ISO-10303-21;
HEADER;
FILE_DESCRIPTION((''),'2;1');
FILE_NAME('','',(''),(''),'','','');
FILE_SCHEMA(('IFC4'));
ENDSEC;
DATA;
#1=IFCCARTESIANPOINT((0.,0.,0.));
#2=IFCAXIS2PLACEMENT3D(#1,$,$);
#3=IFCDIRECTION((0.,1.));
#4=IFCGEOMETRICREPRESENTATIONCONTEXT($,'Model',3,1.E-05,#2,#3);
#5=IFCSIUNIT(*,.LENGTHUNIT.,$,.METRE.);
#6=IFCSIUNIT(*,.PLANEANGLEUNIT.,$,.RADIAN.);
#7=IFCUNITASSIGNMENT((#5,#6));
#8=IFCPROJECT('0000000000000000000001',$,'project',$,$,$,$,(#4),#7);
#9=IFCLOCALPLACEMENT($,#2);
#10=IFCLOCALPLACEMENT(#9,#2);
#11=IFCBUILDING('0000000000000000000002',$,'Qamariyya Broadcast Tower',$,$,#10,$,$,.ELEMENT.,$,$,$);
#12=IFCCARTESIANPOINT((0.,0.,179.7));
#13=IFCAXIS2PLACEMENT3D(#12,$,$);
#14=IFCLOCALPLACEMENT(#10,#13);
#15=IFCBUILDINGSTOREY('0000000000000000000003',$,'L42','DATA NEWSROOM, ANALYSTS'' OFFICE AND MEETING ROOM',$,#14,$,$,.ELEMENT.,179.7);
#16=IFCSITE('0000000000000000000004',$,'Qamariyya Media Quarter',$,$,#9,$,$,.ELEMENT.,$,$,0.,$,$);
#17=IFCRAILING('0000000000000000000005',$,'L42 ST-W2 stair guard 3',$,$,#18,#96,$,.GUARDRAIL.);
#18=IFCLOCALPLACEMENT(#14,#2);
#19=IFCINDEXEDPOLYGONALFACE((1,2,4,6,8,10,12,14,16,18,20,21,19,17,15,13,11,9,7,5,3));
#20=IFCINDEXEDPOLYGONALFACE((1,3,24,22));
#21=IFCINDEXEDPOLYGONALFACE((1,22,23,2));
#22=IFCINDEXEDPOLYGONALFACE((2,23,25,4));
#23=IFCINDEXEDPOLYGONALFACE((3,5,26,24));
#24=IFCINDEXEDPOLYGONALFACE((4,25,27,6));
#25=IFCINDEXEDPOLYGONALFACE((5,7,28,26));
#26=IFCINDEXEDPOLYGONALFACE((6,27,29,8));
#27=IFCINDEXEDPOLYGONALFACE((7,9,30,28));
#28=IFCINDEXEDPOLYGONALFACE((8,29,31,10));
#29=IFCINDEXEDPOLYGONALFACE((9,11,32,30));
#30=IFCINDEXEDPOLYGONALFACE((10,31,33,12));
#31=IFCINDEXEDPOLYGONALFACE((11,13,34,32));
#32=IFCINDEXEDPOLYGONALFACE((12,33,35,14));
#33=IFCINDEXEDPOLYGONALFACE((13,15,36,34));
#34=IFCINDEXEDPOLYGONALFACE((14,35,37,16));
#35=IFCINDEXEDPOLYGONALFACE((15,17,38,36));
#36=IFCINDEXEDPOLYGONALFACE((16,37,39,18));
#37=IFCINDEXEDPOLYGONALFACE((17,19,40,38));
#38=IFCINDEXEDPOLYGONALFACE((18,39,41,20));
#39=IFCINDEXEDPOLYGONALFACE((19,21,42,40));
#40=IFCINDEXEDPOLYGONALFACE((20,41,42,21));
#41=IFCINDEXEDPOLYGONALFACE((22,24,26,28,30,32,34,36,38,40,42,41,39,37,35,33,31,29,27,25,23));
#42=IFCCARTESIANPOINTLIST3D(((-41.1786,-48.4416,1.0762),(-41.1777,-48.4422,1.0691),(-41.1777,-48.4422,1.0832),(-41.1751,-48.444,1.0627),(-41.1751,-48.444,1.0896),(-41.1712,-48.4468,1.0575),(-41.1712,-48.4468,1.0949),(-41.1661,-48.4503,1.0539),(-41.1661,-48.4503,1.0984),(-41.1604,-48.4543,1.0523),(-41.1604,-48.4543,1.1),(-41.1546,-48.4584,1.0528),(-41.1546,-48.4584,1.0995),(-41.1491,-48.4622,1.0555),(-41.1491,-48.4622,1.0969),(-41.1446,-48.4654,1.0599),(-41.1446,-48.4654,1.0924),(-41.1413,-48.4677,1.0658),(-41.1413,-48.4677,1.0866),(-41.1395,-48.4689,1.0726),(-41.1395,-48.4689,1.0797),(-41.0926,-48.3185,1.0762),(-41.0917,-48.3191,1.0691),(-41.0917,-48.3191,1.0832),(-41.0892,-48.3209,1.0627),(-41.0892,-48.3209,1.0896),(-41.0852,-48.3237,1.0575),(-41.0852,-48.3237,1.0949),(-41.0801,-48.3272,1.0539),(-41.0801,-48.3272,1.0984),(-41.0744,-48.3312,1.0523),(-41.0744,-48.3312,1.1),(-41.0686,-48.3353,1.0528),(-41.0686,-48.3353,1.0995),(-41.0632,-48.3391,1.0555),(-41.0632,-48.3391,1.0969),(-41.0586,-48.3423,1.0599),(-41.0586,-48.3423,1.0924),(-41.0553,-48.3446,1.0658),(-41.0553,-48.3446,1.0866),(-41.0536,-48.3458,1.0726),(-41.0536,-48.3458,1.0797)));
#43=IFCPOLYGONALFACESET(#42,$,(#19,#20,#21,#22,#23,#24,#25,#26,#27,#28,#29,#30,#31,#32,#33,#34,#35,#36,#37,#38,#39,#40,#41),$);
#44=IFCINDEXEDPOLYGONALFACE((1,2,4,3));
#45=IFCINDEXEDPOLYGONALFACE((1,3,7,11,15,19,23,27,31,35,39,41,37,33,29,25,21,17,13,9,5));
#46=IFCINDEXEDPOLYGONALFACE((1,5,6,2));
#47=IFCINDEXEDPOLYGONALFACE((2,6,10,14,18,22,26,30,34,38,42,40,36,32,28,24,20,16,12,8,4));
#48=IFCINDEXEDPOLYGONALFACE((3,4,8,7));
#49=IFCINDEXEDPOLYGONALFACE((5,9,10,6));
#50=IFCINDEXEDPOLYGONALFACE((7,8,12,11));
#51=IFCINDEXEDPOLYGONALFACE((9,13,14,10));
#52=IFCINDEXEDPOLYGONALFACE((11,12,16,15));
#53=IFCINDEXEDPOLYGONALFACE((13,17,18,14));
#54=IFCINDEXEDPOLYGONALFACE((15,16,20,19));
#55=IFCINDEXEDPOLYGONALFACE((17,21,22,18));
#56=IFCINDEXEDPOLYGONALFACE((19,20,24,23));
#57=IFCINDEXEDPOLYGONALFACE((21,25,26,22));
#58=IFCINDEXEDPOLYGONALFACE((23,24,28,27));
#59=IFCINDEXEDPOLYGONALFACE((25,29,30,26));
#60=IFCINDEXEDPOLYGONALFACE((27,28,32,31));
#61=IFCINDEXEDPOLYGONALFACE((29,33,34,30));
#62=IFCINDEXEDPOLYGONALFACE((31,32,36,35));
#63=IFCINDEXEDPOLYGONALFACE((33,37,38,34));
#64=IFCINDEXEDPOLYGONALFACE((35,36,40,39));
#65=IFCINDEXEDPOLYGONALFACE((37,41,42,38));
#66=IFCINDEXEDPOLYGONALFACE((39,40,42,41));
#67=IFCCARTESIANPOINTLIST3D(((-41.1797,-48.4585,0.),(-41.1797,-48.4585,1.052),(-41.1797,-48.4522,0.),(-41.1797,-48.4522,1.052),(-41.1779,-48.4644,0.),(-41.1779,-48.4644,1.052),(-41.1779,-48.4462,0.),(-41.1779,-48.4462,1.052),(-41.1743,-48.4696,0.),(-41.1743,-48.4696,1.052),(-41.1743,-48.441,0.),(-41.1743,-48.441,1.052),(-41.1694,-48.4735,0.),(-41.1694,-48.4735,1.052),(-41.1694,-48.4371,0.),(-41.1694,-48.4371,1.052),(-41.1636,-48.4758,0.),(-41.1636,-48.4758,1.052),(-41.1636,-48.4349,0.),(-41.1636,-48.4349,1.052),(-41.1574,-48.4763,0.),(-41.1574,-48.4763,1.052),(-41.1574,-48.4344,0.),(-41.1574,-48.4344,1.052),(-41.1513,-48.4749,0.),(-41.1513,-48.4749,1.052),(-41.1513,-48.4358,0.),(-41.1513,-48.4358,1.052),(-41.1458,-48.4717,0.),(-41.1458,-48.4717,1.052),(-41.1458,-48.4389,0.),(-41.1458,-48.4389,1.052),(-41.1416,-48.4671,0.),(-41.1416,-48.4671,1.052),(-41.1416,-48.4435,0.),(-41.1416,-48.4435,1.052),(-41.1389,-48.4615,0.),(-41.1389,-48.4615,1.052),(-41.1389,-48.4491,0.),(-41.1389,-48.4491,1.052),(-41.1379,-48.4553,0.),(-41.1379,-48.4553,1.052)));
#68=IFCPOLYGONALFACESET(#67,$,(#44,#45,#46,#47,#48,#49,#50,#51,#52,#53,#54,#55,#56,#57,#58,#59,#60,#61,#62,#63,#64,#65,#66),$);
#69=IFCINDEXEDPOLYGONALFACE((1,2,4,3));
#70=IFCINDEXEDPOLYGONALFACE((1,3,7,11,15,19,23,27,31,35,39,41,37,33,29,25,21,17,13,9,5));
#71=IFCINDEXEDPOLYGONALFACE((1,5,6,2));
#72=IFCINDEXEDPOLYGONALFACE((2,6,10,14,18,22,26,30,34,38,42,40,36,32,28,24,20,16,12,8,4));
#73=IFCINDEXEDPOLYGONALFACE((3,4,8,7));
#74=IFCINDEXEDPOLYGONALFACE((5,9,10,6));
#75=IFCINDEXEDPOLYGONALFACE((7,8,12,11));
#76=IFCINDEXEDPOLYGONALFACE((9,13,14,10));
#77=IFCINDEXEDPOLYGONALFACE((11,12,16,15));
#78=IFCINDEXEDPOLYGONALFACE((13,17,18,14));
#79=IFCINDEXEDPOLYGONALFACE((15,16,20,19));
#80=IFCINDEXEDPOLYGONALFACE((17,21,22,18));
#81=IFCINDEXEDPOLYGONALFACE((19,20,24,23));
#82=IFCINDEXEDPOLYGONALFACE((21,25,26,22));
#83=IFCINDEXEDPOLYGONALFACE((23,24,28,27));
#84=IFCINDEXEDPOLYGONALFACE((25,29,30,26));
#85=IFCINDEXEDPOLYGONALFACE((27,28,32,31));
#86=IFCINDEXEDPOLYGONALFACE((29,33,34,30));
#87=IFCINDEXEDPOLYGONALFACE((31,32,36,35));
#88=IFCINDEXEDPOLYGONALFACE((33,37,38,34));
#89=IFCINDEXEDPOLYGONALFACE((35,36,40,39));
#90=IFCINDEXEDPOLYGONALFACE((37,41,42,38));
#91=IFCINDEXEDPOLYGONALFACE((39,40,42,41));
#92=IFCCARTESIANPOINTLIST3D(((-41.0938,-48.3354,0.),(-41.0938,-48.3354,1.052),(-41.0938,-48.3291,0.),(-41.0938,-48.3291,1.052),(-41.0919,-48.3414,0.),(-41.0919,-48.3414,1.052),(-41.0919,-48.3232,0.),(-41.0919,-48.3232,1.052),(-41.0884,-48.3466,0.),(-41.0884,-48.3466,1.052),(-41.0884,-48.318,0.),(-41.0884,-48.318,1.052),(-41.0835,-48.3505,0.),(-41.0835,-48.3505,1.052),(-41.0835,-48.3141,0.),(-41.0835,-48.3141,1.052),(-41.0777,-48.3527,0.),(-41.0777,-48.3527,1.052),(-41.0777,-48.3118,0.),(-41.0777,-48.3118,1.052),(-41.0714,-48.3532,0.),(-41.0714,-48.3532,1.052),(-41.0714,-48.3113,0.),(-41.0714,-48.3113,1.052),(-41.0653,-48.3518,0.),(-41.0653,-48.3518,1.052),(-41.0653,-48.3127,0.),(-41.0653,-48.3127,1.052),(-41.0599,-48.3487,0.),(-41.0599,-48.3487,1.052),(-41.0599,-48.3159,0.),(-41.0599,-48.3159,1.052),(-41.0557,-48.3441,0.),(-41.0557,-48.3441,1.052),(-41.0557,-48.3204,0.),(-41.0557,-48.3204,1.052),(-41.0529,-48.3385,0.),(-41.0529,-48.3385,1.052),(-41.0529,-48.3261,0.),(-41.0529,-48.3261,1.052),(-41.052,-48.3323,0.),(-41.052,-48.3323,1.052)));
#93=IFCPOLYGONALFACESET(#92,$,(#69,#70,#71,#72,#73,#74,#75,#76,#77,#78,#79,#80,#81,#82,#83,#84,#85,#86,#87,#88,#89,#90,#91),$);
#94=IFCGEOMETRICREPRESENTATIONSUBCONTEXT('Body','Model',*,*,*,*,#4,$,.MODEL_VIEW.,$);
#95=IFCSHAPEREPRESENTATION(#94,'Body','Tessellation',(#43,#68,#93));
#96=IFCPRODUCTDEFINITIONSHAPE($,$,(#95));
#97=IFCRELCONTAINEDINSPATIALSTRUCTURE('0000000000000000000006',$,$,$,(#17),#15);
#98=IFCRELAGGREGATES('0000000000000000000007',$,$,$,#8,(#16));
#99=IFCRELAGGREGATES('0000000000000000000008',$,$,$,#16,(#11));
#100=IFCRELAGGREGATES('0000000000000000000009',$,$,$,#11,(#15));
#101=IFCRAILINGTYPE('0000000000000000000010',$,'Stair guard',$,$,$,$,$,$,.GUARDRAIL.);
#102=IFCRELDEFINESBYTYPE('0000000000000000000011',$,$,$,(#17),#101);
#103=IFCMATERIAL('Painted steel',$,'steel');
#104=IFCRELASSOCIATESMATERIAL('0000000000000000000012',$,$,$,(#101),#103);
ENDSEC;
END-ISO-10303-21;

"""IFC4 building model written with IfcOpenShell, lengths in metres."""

from ifc_helpers import new_model, si_unit, direction, frame, origin, origin_2d, place, context, subcontext, project, spatial, circle, extrude, material, type_object, element, save


model = new_model("IFC4")

# Units and contexts
model_context = context("Model", 3, precision=1e-05, world=origin(), true_north=direction((0.0, 1.0)))
body_context = subcontext(model_context, "Body", "Model", "MODEL_VIEW")
ifc_project = project(units=[si_unit("LENGTHUNIT", "METRE"), si_unit("PLANEANGLEUNIT", "RADIAN")], contexts=[model_context])

# Site, building, storey
site_placement = place(None, origin())
site = spatial("IfcSite", under=ifc_project, at=site_placement, Name="Qamariyya Media Quarter", CompositionType="ELEMENT", RefElevation=0.0)
building_placement = place(site_placement, origin())
building = spatial("IfcBuilding", under=site, at=building_placement, Name="Qamariyya Broadcast Tower", CompositionType="ELEMENT")
storey_placement = place(building_placement, frame((0.0, 0.0, 179.7)))
storey = spatial("IfcBuildingStorey", under=building, at=storey_placement, Name="L42", Description="DATA NEWSROOM, ANALYSTS' OFFICE AND MEETING ROOM", CompositionType="ELEMENT", Elevation=179.7)

# Railing
ifc_material_1 = material(Name="Painted steel", Category="steel")
railing_type_1 = type_object("IfcRailingType", Name="Stair guard", PredefinedType="GUARDRAIL", material=ifc_material_1)
railing_1_placement = place(storey_placement, frame((-41.1589, -48.4553, 0.0)))
element("IfcRailing", 1, at=railing_1_placement, inside=storey, type_object=railing_type_1, Name="L42 ST-W2 stair guard 3", PredefinedType="GUARDRAIL", context=body_context, shape_type="SweptSolid", body=[
    extrude(circle(Radius=0.0239, at=origin_2d()), frame((0.0, 0.0, 1.0762), z_axis=(0.572589, 0.819843, 0.0), x_axis=(-0.819843, 0.572589, 0.0)), (0.0, 0.0, 1.0), 0.1501),
    extrude(circle(Radius=0.021, at=origin_2d()), origin(), (0.0, 0.0, 1.0), 1.052),
    extrude(circle(Radius=0.021, at=origin_2d()), frame((0.0859, 0.123, 0.0)), (0.0, 0.0, 1.0), 1.052),
])

save(model, "model.ifc")
